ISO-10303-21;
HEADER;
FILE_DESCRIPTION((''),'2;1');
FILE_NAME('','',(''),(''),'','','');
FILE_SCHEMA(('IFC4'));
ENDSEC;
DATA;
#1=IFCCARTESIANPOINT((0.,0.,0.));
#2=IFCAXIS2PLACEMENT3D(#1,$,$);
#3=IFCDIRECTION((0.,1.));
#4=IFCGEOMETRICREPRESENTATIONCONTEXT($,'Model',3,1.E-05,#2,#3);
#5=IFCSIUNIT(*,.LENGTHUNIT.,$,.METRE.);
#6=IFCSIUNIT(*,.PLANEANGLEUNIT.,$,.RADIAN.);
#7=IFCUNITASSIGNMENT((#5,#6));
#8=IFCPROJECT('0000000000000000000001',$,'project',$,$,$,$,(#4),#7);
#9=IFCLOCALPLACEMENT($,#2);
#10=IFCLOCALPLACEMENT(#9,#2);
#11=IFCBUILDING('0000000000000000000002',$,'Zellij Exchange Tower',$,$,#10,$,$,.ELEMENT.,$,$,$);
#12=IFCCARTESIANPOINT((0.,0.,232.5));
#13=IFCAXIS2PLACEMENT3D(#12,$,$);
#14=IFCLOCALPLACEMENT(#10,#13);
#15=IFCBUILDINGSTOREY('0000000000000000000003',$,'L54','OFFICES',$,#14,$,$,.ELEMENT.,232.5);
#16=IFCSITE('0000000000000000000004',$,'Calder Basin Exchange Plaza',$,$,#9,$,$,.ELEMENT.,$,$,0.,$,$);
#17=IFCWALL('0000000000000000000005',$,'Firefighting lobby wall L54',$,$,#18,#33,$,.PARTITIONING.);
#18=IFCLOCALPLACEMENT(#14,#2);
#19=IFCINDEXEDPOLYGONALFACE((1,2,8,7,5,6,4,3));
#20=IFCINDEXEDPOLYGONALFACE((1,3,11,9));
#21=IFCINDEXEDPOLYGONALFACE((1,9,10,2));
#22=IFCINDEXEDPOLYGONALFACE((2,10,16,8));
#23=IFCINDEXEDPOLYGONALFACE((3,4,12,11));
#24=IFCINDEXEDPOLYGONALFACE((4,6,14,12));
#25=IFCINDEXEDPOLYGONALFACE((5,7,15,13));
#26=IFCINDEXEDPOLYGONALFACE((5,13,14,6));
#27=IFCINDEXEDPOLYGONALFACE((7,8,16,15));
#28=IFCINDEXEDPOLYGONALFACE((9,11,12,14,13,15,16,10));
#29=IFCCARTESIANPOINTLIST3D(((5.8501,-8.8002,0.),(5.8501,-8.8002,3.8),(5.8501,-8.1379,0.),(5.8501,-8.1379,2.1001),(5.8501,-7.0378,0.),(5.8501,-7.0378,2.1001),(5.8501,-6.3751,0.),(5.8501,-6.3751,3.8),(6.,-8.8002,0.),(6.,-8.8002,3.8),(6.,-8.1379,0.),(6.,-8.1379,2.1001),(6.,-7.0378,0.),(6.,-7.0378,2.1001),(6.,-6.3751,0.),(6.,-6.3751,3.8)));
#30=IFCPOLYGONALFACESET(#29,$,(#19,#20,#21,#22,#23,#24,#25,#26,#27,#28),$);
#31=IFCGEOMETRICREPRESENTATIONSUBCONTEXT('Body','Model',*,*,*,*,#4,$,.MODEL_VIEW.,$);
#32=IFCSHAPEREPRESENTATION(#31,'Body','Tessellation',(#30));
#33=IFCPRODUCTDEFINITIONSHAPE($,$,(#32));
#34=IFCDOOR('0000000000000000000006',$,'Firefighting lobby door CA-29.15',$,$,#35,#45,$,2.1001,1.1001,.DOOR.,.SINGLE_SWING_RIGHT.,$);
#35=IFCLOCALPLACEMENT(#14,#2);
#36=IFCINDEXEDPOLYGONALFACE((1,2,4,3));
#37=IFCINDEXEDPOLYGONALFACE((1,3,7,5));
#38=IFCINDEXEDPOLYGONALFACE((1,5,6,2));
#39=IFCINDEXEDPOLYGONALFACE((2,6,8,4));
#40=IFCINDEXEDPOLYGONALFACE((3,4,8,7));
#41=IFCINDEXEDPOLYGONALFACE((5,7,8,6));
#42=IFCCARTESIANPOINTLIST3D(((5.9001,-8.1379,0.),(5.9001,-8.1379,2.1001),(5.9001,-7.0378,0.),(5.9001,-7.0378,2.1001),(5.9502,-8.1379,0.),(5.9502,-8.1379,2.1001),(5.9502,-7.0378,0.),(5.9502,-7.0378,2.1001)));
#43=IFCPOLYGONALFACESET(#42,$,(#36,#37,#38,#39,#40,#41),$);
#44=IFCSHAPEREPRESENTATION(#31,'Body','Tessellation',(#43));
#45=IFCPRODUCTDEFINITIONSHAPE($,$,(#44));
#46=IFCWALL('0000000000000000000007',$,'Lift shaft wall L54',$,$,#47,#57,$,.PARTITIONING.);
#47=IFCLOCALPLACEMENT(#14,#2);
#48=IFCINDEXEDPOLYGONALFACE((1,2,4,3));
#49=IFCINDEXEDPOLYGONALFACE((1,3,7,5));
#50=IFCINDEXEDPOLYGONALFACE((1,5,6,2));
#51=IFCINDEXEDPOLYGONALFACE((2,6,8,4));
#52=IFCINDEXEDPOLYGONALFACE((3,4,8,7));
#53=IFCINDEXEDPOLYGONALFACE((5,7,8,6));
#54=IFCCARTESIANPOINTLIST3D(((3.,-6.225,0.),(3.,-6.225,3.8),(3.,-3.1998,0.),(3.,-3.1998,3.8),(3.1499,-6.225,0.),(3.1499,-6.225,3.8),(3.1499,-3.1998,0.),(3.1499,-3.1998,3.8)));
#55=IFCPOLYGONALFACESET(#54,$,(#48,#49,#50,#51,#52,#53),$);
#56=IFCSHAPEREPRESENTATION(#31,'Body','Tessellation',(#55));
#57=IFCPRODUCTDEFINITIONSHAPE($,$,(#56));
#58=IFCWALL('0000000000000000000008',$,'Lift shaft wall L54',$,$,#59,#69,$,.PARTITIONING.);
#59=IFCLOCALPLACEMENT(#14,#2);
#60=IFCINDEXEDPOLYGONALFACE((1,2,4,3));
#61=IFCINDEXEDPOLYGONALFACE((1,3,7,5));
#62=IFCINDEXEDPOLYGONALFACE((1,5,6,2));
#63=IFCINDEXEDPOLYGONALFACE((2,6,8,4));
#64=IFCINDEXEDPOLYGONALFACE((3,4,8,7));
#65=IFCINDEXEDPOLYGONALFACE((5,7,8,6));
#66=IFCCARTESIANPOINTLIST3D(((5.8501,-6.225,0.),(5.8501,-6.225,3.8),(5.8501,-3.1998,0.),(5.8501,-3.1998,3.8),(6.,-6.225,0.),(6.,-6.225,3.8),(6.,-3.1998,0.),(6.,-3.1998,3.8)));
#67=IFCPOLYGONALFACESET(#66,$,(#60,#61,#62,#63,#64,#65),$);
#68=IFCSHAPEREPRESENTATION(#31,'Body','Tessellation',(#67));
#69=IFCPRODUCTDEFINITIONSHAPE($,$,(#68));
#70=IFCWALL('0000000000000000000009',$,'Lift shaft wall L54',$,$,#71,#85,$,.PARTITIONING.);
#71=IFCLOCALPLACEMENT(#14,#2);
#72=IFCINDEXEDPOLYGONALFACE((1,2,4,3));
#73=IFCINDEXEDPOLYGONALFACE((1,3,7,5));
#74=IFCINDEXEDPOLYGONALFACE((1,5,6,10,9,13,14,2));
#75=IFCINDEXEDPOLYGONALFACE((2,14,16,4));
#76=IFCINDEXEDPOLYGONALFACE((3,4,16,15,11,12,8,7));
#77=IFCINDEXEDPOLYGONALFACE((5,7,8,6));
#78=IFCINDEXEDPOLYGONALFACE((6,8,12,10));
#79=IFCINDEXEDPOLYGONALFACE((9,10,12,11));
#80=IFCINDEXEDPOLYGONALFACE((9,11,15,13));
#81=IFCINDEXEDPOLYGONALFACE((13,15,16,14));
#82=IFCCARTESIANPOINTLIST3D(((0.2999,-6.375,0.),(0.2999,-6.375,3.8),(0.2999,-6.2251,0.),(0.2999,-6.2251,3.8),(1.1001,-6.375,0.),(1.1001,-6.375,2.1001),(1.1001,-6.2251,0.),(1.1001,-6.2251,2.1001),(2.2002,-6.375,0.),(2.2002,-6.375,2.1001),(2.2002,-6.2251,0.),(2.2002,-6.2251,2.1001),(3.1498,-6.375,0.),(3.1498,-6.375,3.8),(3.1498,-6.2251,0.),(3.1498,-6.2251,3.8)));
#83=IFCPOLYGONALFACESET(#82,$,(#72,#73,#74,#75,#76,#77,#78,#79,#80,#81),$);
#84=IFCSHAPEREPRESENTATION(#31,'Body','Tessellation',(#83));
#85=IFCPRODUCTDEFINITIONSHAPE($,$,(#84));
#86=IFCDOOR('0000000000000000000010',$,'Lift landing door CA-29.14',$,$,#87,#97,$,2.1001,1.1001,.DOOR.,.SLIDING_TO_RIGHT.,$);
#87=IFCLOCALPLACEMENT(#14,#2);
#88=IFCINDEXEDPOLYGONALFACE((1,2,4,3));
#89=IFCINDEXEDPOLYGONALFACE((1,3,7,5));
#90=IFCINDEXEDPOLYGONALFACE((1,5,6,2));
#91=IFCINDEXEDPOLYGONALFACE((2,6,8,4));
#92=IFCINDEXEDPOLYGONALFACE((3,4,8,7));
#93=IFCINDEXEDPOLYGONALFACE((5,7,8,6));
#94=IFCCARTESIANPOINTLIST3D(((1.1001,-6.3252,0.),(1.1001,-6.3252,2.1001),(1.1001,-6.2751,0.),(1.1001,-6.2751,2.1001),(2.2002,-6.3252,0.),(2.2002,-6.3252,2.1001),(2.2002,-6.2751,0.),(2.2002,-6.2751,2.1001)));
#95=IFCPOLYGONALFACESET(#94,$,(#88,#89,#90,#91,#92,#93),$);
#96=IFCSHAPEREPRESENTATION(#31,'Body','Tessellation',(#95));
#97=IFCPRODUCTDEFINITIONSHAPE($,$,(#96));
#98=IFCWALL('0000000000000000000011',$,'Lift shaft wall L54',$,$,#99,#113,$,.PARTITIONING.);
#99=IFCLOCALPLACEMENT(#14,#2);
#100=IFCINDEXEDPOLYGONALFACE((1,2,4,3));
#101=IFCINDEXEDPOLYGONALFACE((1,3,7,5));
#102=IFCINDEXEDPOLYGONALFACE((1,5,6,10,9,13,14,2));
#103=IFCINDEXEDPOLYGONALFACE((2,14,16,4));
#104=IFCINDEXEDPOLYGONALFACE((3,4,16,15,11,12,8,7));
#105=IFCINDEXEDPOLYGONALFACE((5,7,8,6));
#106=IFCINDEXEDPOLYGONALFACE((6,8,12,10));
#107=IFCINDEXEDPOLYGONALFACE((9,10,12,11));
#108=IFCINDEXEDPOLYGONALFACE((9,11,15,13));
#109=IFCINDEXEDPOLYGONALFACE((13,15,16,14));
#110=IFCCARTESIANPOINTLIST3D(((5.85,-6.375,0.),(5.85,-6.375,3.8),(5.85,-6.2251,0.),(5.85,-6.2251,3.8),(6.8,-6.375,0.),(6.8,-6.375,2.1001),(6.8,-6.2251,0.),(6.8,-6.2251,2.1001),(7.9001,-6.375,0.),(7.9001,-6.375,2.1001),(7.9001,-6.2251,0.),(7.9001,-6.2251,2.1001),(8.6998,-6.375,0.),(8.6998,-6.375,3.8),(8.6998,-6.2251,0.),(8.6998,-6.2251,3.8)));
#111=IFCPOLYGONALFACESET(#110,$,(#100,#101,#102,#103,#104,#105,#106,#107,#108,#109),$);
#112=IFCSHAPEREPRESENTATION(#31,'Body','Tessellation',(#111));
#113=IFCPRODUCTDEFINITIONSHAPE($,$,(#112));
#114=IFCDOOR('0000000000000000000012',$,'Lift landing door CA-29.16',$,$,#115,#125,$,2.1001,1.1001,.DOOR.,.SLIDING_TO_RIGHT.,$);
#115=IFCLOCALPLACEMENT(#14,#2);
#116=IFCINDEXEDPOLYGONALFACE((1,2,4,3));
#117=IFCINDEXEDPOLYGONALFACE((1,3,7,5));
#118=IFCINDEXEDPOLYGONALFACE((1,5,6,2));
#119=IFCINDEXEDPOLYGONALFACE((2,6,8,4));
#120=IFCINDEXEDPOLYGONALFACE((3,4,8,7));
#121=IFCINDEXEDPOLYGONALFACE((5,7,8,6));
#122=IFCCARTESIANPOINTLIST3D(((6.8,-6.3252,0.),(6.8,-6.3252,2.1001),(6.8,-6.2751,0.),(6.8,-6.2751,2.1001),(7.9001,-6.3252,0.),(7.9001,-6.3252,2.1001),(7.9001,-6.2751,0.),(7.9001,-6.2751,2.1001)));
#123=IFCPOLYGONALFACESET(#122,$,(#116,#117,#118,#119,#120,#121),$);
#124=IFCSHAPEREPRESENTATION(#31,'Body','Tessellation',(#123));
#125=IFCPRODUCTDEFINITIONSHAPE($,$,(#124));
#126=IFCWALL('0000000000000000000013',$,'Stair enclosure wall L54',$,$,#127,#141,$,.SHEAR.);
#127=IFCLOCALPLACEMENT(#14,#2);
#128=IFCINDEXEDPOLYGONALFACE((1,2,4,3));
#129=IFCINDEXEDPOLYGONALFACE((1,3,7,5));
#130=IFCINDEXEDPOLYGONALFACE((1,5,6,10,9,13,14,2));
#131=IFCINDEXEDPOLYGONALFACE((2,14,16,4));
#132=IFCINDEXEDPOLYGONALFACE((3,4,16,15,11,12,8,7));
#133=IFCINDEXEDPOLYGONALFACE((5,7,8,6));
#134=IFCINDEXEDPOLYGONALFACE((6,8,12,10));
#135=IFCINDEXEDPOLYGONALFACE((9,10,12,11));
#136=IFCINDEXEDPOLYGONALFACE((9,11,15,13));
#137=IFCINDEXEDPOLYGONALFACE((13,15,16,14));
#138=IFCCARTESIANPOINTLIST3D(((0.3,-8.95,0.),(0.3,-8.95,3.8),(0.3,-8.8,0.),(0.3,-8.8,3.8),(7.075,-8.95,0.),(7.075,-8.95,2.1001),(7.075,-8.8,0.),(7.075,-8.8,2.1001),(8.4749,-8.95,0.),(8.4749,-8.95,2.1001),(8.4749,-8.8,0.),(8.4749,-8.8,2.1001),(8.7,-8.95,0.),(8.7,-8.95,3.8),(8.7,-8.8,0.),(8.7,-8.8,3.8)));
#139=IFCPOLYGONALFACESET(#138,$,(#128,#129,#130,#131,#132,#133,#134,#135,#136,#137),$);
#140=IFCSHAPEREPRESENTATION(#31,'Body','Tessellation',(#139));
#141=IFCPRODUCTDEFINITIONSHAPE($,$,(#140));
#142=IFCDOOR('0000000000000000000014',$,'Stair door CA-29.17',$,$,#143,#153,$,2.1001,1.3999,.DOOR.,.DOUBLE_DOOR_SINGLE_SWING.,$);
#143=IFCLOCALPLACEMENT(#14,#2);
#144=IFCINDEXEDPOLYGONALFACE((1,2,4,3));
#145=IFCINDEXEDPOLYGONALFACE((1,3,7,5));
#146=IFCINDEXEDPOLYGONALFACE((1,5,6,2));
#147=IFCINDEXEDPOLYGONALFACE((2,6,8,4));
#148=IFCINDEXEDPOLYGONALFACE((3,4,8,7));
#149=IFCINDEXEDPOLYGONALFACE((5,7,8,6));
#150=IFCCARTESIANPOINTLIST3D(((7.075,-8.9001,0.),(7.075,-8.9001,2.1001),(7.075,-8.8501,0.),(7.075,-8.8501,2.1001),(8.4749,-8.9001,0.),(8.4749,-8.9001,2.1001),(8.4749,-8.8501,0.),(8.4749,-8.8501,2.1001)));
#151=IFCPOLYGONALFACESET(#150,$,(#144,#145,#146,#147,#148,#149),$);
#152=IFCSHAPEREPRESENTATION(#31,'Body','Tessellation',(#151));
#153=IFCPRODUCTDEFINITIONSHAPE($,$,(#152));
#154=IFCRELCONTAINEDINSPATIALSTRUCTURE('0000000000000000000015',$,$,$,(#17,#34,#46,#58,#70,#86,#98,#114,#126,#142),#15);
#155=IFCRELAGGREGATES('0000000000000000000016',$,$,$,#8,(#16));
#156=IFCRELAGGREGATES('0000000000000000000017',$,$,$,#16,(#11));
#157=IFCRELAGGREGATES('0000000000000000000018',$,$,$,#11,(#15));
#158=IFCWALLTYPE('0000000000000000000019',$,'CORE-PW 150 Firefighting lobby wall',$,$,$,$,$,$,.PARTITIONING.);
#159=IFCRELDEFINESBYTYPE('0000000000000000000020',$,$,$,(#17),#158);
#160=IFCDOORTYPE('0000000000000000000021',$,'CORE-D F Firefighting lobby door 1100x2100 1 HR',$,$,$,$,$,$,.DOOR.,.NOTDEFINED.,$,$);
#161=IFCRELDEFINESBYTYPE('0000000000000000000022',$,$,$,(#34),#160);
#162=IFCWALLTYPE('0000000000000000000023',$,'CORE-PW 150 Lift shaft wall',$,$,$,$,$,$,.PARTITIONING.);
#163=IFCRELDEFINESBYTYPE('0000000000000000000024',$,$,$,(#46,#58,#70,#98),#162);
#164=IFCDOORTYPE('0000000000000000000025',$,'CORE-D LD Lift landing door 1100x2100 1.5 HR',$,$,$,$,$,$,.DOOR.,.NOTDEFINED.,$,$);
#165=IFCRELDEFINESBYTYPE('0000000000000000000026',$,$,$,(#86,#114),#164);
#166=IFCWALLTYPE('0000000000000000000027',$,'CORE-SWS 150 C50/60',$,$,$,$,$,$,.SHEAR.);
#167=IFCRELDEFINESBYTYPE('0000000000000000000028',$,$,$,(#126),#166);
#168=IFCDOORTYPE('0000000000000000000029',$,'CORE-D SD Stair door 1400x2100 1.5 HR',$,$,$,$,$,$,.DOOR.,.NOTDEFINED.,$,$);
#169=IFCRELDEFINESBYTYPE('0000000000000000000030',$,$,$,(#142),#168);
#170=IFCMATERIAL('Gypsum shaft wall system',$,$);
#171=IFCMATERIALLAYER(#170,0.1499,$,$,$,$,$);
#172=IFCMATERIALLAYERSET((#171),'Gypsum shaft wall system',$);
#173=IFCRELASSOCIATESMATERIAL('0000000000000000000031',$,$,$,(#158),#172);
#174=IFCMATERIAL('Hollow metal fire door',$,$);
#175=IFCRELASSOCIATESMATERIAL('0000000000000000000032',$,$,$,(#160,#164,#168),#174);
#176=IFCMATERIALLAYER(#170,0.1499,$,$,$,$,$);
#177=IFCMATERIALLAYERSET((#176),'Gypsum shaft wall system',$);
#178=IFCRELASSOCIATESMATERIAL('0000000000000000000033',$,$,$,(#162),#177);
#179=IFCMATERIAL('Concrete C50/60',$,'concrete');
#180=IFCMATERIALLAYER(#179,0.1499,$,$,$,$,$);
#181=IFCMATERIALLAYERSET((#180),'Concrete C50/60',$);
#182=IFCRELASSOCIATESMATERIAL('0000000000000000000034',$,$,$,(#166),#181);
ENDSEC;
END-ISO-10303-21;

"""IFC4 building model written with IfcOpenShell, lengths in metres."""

from ifc_helpers import new_model, si_unit, direction, frame, frame_2d, origin, place, context, subcontext, project, spatial, rectangle, extrude, material, layer, layer_set, type_object, element, fill, save


model = new_model("IFC4")

# Units and contexts
model_context = context("Model", 3, precision=1e-05, world=origin(), true_north=direction((0.0, 1.0)))
body_context = subcontext(model_context, "Body", "Model", "MODEL_VIEW")
ifc_project = project(units=[si_unit("LENGTHUNIT", "METRE"), si_unit("PLANEANGLEUNIT", "RADIAN")], contexts=[model_context])

# Site, building, storey
site_placement = place(None, origin())
site = spatial("IfcSite", under=ifc_project, at=site_placement, Name="Calder Basin Exchange Plaza", CompositionType="ELEMENT", RefElevation=0.0)
building_placement = place(site_placement, origin())
building = spatial("IfcBuilding", under=site, at=building_placement, Name="Zellij Exchange Tower", CompositionType="ELEMENT")
storey_placement = place(building_placement, frame((0.0, 0.0, 232.5)))
storey = spatial("IfcBuildingStorey", under=building, at=storey_placement, Name="L54", Description="OFFICES", CompositionType="ELEMENT", Elevation=232.5)

# Shared definitions
ifc_material_1 = material(Name="Concrete C50/60", Category="concrete")

# Wall, opening, door
ifc_material_2 = material(Name="Gypsum shaft wall system")
ifc_layer_1 = layer(ifc_material_2, 0.1499)
ifc_layer_set_1 = layer_set([ifc_layer_1], Name="Gypsum shaft wall system")
wall_type_1 = type_object("IfcWallType", Name="CORE-PW 150 Firefighting lobby wall", PredefinedType="PARTITIONING", material=ifc_layer_set_1)
wall_1_placement = place(storey_placement, frame((5.925, -8.8, 0.0), z_axis=(0.0, 0.0, 1.0), x_axis=(0.0, 1.0, 0.0)))
wall_1 = element("IfcWall", 1, at=wall_1_placement, inside=storey, type_object=wall_type_1, Name="Firefighting lobby wall L54", PredefinedType="PARTITIONING", context=body_context, shape_type="SweptSolid", body=[
    extrude(rectangle(XDim=2.425, YDim=0.1499, at=frame_2d((1.2124, 0.0))), origin(), (0.0, 0.0, 1.0), 3.8),
])
opening_1_placement = place(wall_1_placement, frame((0.6621, 0.0, 0.0)))
opening_1 = element("IfcOpeningElement", 2, at=opening_1_placement, cuts=wall_1, PredefinedType="OPENING", context=body_context, shape_type="SweptSolid", body=[
    extrude(rectangle(XDim=1.1001, YDim=2.1001, at=frame_2d((0.55, 1.05))), frame((0.0, 0.0869, 0.0), z_axis=(0.0, -1.0, 0.0), x_axis=(1.0, 0.0, 0.0)), (0.0, 0.0, 1.0), 0.1738),
])
ifc_material_3 = material(Name="Hollow metal fire door")
door_type_1 = type_object("IfcDoorType", Name="CORE-D F Firefighting lobby door 1100x2100 1 HR", OperationType="NOTDEFINED", PredefinedType="DOOR", material=ifc_material_3)
door_1_placement = place(opening_1_placement, origin())
door_1 = element("IfcDoor", 3, at=door_1_placement, inside=storey, type_object=door_type_1, Name="Firefighting lobby door CA-29.15", OperationType="SINGLE_SWING_RIGHT", OverallHeight=2.1001, OverallWidth=1.1001, PredefinedType="DOOR", context=body_context, shape_type="SweptSolid", body=[
    extrude(rectangle(XDim=1.1001, YDim=2.1001, at=frame_2d((0.55, 1.05))), frame((0.0, 0.0249, 0.0), z_axis=(0.0, -1.0, 0.0), x_axis=(1.0, 0.0, 0.0)), (0.0, 0.0, 1.0), 0.05),
])
fill(opening_1, door_1)

# Walls
ifc_layer_2 = layer(ifc_material_2, 0.1499)
ifc_layer_set_2 = layer_set([ifc_layer_2], Name="Gypsum shaft wall system")
wall_type_2 = type_object("IfcWallType", Name="CORE-PW 150 Lift shaft wall", PredefinedType="PARTITIONING", material=ifc_layer_set_2)
for number, where, z_axis, x_axis, name in (
    (4, (3.075, -6.2251, 0.0), (0.0, 0.0, 1.0), (0.0, 1.0, 0.0), "Lift shaft wall L54"),
    (5, (5.925, -6.2251, 0.0), (0.0, 0.0, 1.0), (0.0, 1.0, 0.0), "Lift shaft wall L54"),
):
    element("IfcWall", number, at=place(storey_placement, frame(where, z_axis=z_axis, x_axis=x_axis)), inside=storey, type_object=wall_type_2, Name=name, PredefinedType="PARTITIONING", context=body_context, shape_type="SweptSolid", body=[
        extrude(rectangle(XDim=3.0251, YDim=0.1499, at=frame_2d((1.5127, 0.0))), origin(), (0.0, 0.0, 1.0), 3.8),
    ])

# Walls, openings, doors
wall_2_placement = place(storey_placement, frame((0.3, -6.3, 0.0), z_axis=(0.0, 0.0, 1.0), x_axis=(1.0, 0.0, 0.0)))
wall_2 = element("IfcWall", 6, at=wall_2_placement, inside=storey, type_object=wall_type_2, Name="Lift shaft wall L54", PredefinedType="PARTITIONING", context=body_context, shape_type="SweptSolid", body=[
    extrude(rectangle(XDim=2.8499, YDim=0.1499, at=frame_2d((1.4248, 0.0))), origin(), (0.0, 0.0, 1.0), 3.8),
])
opening_2_placement = place(wall_2_placement, frame((0.8, 0.0, 0.0)))
opening_2 = element("IfcOpeningElement", 7, at=opening_2_placement, cuts=wall_2, PredefinedType="OPENING", context=body_context, shape_type="SweptSolid", body=[
    extrude(rectangle(XDim=1.1001, YDim=2.1001, at=frame_2d((0.55, 1.05))), frame((0.0, 0.0869, 0.0), z_axis=(0.0, -1.0, 0.0), x_axis=(1.0, 0.0, 0.0)), (0.0, 0.0, 1.0), 0.1738),
])
door_type_2 = type_object("IfcDoorType", Name="CORE-D LD Lift landing door 1100x2100 1.5 HR", OperationType="NOTDEFINED", PredefinedType="DOOR", material=ifc_material_3)
door_2_placement = place(opening_2_placement, origin())
door_2 = element("IfcDoor", 8, at=door_2_placement, inside=storey, type_object=door_type_2, Name="Lift landing door CA-29.14", OperationType="SLIDING_TO_RIGHT", OverallHeight=2.1001, OverallWidth=1.1001, PredefinedType="DOOR", context=body_context, shape_type="SweptSolid", body=[
    extrude(rectangle(XDim=1.1001, YDim=2.1001, at=frame_2d((0.55, 1.05))), frame((0.0, 0.0249, 0.0), z_axis=(0.0, -1.0, 0.0), x_axis=(1.0, 0.0, 0.0)), (0.0, 0.0, 1.0), 0.05),
])
fill(opening_2, door_2)
wall_3_placement = place(storey_placement, frame((5.8501, -6.3, 0.0), z_axis=(0.0, 0.0, 1.0), x_axis=(1.0, 0.0, 0.0)))
wall_3 = element("IfcWall", 9, at=wall_3_placement, inside=storey, type_object=wall_type_2, Name="Lift shaft wall L54", PredefinedType="PARTITIONING", context=body_context, shape_type="SweptSolid", body=[
    extrude(rectangle(XDim=2.8499, YDim=0.1499, at=frame_2d((1.4248, 0.0))), origin(), (0.0, 0.0, 1.0), 3.8),
])
opening_3_placement = place(wall_3_placement, frame((0.95, 0.0, 0.0)))
opening_3 = element("IfcOpeningElement", 10, at=opening_3_placement, cuts=wall_3, PredefinedType="OPENING", context=body_context, shape_type="SweptSolid", body=[
    extrude(rectangle(XDim=1.1001, YDim=2.1001, at=frame_2d((0.55, 1.05))), frame((0.0, 0.0869, 0.0), z_axis=(0.0, -1.0, 0.0), x_axis=(1.0, 0.0, 0.0)), (0.0, 0.0, 1.0), 0.1738),
])
door_3_placement = place(opening_3_placement, origin())
door_3 = element("IfcDoor", 11, at=door_3_placement, inside=storey, type_object=door_type_2, Name="Lift landing door CA-29.16", OperationType="SLIDING_TO_RIGHT", OverallHeight=2.1001, OverallWidth=1.1001, PredefinedType="DOOR", context=body_context, shape_type="SweptSolid", body=[
    extrude(rectangle(XDim=1.1001, YDim=2.1001, at=frame_2d((0.55, 1.05))), frame((0.0, 0.0249, 0.0), z_axis=(0.0, -1.0, 0.0), x_axis=(1.0, 0.0, 0.0)), (0.0, 0.0, 1.0), 0.05),
])
fill(opening_3, door_3)
ifc_layer_3 = layer(ifc_material_1, 0.1499)
ifc_layer_set_3 = layer_set([ifc_layer_3], Name="Concrete C50/60")
wall_type_3 = type_object("IfcWallType", Name="CORE-SWS 150 C50/60", PredefinedType="SHEAR", material=ifc_layer_set_3)
wall_4_placement = place(storey_placement, frame((0.3, -8.875, 0.0), z_axis=(0.0, 0.0, 1.0), x_axis=(1.0, 0.0, 0.0)))
wall_4 = element("IfcWall", 12, at=wall_4_placement, inside=storey, type_object=wall_type_3, Name="Stair enclosure wall L54", PredefinedType="SHEAR", context=body_context, shape_type="SweptSolid", body=[
    extrude(rectangle(XDim=8.3999, YDim=0.1499, at=frame_2d((4.2, 0.0))), origin(), (0.0, 0.0, 1.0), 3.8),
])
opening_4_placement = place(wall_4_placement, frame((6.7749, 0.0, 0.0)))
opening_4 = element("IfcOpeningElement", 13, at=opening_4_placement, cuts=wall_4, PredefinedType="OPENING", context=body_context, shape_type="SweptSolid", body=[
    extrude(rectangle(XDim=1.3999, YDim=2.1001, at=frame_2d((0.7, 1.05))), frame((0.0, 0.0869, 0.0), z_axis=(0.0, -1.0, 0.0), x_axis=(1.0, 0.0, 0.0)), (0.0, 0.0, 1.0), 0.1738),
])
door_type_3 = type_object("IfcDoorType", Name="CORE-D SD Stair door 1400x2100 1.5 HR", OperationType="NOTDEFINED", PredefinedType="DOOR", material=ifc_material_3)
door_4_placement = place(opening_4_placement, origin())
door_4 = element("IfcDoor", 14, at=door_4_placement, inside=storey, type_object=door_type_3, Name="Stair door CA-29.17", OperationType="DOUBLE_DOOR_SINGLE_SWING", OverallHeight=2.1001, OverallWidth=1.3999, PredefinedType="DOOR", context=body_context, shape_type="SweptSolid", body=[
    extrude(rectangle(XDim=1.3999, YDim=2.1001, at=frame_2d((0.7, 1.05))), frame((0.0, 0.0249, 0.0), z_axis=(0.0, -1.0, 0.0), x_axis=(1.0, 0.0, 0.0)), (0.0, 0.0, 1.0), 0.05),
])
fill(opening_4, door_4)

save(model, "model.ifc")
